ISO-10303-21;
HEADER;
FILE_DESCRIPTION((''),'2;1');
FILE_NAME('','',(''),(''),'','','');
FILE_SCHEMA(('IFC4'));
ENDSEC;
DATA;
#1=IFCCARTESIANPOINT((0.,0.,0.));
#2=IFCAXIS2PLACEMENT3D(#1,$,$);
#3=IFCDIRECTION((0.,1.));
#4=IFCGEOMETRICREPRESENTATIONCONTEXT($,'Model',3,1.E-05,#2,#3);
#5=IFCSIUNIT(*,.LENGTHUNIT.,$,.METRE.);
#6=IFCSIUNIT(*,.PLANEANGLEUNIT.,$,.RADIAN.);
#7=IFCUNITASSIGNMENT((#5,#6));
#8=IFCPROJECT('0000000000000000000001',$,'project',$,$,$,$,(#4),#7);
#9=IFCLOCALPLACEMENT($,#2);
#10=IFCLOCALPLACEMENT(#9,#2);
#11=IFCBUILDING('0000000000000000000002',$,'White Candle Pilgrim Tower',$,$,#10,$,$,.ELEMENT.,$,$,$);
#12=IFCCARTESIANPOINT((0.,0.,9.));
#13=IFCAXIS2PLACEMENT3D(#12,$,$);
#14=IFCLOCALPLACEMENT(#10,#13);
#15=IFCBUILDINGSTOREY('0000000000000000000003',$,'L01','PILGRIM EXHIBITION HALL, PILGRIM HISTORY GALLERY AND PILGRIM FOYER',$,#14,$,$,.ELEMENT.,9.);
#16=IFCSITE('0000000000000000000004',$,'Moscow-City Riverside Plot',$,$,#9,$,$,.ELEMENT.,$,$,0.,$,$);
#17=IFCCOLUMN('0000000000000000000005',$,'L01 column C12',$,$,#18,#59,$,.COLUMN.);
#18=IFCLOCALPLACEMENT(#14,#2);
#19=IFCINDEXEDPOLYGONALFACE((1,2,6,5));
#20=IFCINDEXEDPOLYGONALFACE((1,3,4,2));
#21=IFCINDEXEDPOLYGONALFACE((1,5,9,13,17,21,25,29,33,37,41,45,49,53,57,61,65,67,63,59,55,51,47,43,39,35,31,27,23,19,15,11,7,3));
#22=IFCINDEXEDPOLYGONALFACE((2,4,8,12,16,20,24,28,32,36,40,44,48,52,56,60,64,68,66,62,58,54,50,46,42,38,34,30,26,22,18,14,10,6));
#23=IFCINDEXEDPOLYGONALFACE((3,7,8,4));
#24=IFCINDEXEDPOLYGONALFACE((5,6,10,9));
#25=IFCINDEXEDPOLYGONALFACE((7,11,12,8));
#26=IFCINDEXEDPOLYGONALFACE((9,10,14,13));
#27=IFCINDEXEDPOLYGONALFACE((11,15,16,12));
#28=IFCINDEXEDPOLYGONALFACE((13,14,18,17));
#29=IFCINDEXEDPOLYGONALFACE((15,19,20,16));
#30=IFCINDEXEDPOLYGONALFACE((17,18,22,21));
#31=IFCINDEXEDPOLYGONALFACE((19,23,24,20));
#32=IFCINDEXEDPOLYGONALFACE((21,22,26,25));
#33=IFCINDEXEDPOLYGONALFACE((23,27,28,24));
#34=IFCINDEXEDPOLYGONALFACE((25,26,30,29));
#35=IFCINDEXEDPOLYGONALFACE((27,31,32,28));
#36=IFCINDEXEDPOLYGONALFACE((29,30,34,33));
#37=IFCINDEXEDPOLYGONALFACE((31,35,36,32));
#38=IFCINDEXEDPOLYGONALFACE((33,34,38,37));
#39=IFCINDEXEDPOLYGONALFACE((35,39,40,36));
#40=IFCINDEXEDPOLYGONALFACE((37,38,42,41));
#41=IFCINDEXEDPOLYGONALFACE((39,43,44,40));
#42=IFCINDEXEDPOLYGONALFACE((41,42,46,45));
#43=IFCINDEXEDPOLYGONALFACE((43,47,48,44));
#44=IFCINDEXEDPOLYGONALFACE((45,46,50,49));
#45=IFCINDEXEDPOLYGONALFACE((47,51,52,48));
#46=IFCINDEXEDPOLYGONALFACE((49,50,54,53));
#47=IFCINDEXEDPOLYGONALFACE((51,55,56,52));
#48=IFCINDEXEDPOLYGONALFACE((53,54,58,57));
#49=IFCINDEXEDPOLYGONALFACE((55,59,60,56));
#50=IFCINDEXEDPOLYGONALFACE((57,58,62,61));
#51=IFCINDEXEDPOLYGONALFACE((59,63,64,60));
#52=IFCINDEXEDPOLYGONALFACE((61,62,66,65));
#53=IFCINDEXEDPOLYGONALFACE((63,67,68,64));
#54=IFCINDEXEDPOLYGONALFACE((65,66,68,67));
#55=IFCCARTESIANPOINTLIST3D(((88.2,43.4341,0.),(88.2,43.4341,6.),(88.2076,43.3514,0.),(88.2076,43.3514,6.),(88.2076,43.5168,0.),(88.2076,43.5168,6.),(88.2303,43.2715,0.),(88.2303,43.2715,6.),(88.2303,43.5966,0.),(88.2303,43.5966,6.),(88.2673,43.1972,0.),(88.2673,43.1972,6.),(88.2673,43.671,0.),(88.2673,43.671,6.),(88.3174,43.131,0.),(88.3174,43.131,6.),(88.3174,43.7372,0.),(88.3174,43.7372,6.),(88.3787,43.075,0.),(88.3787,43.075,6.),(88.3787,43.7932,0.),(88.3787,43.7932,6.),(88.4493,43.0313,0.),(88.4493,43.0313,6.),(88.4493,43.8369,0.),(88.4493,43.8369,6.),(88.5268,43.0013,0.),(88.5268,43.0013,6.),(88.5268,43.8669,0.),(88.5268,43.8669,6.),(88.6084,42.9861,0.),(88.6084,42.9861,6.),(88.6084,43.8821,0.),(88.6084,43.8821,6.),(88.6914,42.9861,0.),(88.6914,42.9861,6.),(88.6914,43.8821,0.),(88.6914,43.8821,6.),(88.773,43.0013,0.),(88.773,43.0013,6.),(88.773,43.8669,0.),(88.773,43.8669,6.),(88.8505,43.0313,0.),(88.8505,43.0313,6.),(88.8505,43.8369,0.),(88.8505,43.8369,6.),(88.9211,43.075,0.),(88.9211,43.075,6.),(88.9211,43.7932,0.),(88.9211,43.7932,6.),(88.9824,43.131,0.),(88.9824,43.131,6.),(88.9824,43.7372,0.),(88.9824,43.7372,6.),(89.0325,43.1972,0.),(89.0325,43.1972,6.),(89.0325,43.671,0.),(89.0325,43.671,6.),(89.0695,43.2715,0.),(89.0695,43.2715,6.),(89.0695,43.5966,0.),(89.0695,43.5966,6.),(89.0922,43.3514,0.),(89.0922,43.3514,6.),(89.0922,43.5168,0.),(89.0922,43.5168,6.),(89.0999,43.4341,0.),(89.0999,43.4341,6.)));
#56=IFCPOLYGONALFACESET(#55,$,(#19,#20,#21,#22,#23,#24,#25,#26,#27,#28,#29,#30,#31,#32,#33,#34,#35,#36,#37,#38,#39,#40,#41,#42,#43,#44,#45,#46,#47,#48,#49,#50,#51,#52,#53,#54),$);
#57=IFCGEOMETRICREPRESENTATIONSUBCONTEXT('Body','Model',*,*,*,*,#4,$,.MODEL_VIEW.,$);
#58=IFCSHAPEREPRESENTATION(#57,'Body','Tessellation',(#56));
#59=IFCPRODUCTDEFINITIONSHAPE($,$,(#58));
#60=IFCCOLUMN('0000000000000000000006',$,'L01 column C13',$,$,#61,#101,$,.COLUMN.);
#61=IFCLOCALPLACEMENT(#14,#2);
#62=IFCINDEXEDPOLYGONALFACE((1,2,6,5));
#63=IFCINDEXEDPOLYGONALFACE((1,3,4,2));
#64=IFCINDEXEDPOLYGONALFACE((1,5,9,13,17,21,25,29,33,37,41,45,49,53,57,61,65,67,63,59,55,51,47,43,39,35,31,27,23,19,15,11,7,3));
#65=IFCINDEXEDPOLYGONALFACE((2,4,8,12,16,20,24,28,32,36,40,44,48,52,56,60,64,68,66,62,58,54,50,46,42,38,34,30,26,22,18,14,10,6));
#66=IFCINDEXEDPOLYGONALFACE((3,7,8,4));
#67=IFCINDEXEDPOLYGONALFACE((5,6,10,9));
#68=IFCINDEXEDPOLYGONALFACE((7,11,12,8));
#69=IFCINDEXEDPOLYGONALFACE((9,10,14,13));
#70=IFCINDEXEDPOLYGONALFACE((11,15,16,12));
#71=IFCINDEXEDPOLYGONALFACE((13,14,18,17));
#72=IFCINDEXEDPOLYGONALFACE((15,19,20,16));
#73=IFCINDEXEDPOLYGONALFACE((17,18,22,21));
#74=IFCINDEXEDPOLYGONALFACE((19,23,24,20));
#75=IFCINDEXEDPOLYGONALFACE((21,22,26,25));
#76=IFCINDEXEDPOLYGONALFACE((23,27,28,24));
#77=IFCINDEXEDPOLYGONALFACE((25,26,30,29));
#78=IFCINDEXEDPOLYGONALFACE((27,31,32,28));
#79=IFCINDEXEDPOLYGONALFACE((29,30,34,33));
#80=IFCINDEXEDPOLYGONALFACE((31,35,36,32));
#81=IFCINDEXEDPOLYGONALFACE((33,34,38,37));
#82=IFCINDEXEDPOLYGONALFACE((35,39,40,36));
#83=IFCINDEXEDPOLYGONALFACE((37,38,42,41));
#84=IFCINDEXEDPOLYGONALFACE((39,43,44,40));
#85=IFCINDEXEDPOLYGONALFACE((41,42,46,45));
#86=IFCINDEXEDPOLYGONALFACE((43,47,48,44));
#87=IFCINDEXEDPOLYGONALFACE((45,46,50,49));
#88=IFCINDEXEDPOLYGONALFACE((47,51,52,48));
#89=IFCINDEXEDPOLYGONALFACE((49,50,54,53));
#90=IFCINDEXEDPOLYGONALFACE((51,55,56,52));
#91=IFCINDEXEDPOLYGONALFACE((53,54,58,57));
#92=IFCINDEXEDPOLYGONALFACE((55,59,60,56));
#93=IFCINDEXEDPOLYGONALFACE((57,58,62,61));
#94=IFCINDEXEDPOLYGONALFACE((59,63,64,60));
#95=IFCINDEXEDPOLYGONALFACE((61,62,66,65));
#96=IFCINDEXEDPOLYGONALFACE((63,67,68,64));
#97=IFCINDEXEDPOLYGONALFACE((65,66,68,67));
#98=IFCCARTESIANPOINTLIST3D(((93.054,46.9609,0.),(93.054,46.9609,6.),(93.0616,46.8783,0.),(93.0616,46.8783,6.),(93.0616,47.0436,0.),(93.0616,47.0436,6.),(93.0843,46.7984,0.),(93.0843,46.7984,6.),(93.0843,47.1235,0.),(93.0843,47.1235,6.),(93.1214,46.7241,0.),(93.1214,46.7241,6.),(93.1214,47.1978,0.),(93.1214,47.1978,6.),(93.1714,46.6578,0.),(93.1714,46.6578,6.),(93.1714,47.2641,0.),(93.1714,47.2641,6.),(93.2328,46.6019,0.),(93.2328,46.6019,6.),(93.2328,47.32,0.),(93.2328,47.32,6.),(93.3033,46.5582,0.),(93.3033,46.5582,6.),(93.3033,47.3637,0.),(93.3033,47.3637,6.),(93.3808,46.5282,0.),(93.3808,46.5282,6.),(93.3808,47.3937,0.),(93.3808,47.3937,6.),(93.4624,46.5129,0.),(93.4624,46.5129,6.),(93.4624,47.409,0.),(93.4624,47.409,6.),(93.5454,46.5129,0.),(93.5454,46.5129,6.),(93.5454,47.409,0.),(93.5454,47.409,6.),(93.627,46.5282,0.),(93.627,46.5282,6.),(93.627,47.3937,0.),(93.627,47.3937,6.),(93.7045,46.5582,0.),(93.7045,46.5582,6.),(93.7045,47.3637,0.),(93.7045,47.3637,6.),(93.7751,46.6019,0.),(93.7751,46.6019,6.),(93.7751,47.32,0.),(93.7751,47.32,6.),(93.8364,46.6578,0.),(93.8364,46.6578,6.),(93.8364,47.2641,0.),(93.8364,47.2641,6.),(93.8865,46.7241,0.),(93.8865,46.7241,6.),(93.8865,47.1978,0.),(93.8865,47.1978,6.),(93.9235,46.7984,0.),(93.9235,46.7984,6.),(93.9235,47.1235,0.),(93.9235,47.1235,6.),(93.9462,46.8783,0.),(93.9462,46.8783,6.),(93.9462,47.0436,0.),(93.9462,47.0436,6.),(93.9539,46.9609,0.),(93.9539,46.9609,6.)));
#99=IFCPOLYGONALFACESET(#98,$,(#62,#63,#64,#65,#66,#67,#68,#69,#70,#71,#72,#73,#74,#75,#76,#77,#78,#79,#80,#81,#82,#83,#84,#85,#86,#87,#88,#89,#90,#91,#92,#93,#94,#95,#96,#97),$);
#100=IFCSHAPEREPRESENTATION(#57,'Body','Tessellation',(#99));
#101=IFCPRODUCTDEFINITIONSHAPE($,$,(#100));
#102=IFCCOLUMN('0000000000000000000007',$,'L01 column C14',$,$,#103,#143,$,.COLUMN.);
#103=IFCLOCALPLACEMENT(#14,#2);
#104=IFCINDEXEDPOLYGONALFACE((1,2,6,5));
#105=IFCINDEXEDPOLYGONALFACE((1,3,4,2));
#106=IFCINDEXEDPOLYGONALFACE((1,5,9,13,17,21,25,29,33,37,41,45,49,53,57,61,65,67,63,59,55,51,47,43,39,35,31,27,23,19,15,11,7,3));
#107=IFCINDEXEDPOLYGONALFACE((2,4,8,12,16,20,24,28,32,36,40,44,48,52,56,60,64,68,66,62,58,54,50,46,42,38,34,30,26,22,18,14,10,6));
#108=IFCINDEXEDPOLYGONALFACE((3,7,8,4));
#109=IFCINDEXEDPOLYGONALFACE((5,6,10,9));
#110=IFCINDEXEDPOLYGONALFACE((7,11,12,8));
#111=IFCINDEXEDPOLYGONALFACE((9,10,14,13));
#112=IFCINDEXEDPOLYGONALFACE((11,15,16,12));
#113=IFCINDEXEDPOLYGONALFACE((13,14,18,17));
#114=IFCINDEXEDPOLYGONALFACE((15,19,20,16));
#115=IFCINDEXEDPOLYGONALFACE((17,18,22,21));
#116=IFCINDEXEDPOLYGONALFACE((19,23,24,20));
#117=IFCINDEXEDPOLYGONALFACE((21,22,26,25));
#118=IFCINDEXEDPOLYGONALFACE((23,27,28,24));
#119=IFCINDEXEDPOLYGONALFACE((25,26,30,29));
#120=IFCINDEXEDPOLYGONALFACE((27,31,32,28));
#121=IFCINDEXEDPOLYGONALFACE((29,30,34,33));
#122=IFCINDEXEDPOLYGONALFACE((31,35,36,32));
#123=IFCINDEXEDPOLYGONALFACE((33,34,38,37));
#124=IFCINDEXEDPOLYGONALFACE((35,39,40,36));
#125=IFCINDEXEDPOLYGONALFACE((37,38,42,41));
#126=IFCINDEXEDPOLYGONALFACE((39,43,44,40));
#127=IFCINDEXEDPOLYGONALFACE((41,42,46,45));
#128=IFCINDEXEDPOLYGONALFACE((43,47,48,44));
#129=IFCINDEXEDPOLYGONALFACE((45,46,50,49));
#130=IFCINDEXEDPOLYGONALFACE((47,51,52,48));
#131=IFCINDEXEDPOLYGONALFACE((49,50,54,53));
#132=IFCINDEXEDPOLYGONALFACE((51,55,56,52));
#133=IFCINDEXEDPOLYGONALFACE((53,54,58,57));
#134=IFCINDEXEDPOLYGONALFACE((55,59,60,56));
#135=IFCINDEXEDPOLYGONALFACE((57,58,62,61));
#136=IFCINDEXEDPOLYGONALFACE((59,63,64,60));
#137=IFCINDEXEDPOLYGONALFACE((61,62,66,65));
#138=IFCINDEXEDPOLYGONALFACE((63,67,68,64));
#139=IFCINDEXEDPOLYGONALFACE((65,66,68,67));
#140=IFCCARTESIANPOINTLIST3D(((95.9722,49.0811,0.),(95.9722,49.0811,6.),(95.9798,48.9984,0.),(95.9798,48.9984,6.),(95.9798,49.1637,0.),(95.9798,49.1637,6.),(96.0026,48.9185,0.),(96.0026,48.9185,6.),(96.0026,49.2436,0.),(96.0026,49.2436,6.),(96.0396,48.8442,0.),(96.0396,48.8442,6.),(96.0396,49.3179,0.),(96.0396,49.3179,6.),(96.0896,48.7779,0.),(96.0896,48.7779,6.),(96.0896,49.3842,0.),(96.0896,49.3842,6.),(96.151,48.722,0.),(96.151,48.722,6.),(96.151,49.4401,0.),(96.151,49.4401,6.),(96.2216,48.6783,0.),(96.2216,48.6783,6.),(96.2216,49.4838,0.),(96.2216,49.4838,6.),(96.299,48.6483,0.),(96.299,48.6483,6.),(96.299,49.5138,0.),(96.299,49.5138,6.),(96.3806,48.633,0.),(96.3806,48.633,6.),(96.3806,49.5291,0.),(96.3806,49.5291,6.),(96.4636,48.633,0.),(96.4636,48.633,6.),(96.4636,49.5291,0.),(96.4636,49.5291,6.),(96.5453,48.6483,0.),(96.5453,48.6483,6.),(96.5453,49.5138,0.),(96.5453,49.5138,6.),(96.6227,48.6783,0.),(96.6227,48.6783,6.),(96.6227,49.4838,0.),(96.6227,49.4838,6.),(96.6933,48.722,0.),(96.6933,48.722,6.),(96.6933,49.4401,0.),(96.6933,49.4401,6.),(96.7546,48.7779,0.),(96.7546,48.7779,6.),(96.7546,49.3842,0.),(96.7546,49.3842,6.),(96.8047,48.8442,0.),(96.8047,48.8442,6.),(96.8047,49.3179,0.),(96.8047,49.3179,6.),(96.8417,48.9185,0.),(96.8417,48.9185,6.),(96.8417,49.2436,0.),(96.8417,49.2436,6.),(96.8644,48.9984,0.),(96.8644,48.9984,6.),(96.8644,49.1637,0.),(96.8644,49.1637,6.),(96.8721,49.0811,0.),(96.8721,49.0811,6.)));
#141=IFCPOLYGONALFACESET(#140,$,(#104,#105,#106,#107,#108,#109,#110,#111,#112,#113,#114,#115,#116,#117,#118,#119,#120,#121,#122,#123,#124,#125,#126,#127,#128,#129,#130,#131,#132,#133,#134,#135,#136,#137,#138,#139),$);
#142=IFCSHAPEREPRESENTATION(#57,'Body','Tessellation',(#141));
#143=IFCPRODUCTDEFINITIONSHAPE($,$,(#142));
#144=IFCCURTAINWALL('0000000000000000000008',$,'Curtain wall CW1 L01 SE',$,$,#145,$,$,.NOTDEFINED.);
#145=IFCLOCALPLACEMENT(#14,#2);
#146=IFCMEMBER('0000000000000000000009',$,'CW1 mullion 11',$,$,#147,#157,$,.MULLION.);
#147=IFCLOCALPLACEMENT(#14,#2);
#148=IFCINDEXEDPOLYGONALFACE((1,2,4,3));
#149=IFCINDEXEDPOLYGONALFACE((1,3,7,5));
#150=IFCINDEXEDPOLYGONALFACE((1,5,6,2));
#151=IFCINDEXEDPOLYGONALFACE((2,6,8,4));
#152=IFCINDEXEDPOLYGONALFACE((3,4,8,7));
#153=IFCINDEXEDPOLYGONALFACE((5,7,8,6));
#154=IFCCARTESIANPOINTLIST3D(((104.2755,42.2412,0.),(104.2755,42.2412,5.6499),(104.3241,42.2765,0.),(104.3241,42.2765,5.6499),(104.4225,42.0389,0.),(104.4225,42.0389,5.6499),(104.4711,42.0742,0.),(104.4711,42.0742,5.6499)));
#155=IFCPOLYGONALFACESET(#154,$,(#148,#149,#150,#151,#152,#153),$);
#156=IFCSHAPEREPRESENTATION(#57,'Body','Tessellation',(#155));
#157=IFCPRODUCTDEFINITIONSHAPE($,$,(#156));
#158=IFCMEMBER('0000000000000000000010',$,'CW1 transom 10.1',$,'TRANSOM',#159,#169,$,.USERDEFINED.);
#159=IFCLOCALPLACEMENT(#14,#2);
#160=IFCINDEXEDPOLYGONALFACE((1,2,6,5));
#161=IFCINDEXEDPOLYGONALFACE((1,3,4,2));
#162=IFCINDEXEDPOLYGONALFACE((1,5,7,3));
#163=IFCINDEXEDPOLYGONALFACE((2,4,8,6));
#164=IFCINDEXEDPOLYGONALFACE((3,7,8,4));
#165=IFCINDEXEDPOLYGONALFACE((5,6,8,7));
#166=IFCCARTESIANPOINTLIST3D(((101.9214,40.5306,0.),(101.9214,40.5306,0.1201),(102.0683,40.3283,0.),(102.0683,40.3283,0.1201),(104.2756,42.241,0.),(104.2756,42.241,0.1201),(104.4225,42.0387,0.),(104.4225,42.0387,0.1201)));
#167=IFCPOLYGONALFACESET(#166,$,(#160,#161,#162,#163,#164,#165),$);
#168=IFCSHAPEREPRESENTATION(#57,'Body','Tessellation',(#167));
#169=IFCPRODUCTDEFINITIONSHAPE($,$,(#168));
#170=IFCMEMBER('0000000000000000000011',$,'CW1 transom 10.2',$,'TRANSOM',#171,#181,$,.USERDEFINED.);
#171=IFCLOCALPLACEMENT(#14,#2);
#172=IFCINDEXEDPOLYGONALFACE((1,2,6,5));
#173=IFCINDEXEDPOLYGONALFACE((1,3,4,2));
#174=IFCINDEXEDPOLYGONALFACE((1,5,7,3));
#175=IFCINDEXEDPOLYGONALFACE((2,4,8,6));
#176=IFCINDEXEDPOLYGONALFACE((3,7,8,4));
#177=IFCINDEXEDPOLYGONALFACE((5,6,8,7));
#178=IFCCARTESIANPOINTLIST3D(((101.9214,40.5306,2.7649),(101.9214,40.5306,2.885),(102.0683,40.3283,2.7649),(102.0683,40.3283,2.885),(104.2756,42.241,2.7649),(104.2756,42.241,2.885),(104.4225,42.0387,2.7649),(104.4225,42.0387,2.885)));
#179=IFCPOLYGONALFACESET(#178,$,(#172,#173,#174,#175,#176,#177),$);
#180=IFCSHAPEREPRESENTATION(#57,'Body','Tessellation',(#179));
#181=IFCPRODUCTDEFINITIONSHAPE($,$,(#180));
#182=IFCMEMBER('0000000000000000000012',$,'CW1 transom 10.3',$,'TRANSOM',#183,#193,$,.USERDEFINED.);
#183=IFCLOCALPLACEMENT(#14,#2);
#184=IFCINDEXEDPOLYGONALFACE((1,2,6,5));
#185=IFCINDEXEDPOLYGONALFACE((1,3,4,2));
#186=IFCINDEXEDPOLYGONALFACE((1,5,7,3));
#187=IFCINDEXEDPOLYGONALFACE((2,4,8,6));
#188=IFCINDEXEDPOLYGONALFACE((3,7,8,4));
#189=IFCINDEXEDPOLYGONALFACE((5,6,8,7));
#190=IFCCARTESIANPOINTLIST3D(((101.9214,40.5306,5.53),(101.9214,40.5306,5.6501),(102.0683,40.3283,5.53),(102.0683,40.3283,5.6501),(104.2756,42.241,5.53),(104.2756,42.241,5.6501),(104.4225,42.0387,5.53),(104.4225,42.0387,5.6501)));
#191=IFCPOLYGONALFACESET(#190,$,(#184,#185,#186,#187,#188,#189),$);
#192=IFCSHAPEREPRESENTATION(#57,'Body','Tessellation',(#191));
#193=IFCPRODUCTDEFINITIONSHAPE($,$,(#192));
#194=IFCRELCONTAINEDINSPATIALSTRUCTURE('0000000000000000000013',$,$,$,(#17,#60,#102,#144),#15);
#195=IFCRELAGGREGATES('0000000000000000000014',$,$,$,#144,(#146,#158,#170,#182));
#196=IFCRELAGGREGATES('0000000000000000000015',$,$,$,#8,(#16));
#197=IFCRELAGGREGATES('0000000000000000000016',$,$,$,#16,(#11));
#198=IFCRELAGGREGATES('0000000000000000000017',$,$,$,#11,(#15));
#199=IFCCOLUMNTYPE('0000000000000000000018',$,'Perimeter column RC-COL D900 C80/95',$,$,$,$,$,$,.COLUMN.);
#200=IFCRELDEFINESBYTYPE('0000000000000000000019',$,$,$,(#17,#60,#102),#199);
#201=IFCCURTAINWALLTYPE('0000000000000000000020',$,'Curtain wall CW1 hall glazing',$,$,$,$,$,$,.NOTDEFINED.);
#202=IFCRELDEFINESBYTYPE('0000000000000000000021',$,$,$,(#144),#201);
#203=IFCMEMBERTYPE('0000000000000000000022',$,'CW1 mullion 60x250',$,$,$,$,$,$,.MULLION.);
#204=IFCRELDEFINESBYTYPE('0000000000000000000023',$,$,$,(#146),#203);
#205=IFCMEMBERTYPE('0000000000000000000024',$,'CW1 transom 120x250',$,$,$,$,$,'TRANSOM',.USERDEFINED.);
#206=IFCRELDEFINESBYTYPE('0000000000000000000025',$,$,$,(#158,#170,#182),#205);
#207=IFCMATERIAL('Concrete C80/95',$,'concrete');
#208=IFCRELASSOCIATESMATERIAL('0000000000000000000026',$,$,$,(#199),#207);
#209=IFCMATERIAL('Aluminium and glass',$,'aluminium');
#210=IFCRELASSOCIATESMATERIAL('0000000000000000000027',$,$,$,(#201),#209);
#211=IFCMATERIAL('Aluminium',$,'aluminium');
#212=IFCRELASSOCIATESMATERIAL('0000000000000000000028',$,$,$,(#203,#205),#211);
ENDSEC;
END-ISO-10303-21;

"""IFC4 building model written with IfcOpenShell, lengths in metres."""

from ifc_helpers import new_model, si_unit, direction, frame, origin, origin_2d, place, context, subcontext, project, spatial, rectangle, circle, extrude, material, material_profile, profile_set, type_object, element, aggregate, save


model = new_model("IFC4")

# Units and contexts
model_context = context("Model", 3, precision=1e-05, world=origin(), true_north=direction((0.0, 1.0)))
body_context = subcontext(model_context, "Body", "Model", "MODEL_VIEW")
ifc_project = project(units=[si_unit("LENGTHUNIT", "METRE"), si_unit("PLANEANGLEUNIT", "RADIAN")], contexts=[model_context])

# Site, building, storey
site_placement = place(None, origin())
site = spatial("IfcSite", under=ifc_project, at=site_placement, Name="Moscow-City Riverside Plot", CompositionType="ELEMENT", RefElevation=0.0)
building_placement = place(site_placement, origin())
building = spatial("IfcBuilding", under=site, at=building_placement, Name="White Candle Pilgrim Tower", CompositionType="ELEMENT")
storey_placement = place(building_placement, frame((0.0, 0.0, 9.0)))
storey = spatial("IfcBuildingStorey", under=building, at=storey_placement, Name="L01", Description="PILGRIM EXHIBITION HALL, PILGRIM HISTORY GALLERY AND PILGRIM FOYER", CompositionType="ELEMENT", Elevation=9.0)

# Columns
ifc_material_1 = material(Name="Concrete C80/95", Category="concrete")
ifc_material_profile_1 = material_profile(ifc_material_1, circle(Radius=0.45, at=origin_2d()), Name="RC-COL D900")
ifc_profile_set_1 = profile_set([ifc_material_profile_1], Name="Concrete C80/95")
column_type = type_object("IfcColumnType", Name="Perimeter column RC-COL D900 C80/95", PredefinedType="COLUMN", material=ifc_profile_set_1)
for number, where, z_axis, x_axis, name in (
    (1, (88.6499, 43.4341, 0.0), (0.0, 0.0, 1.0), (1.0, 0.0, 0.0), "L01 column C12"),
    (2, (93.5039, 46.9609, 0.0), (0.0, 0.0, 1.0), (1.0, 0.0, 0.0), "L01 column C13"),
    (3, (96.4221, 49.0811, 0.0), (0.0, 0.0, 1.0), (1.0, 0.0, 0.0), "L01 column C14"),
):
    element("IfcColumn", number, at=place(storey_placement, frame(where, z_axis=z_axis, x_axis=x_axis)), inside=storey, type_object=column_type, Name=name, PredefinedType="COLUMN", context=body_context, shape_type="SweptSolid", body=[
        extrude(circle(Radius=0.45, at=origin_2d()), origin(), (0.0, 0.0, 1.0), 6.0),
    ])

# Curtain wall, members
ifc_material_2 = material(Name="Aluminium and glass", Category="aluminium")
curtain_wall_type = type_object("IfcCurtainWallType", Name="Curtain wall CW1 hall glazing", PredefinedType="NOTDEFINED", material=ifc_material_2)
curtain_wall_placement = place(storey_placement, origin())
curtain_wall = element("IfcCurtainWall", 4, at=curtain_wall_placement, inside=storey, type_object=curtain_wall_type, Name="Curtain wall CW1 L01 SE", PredefinedType="NOTDEFINED")
ifc_material_3 = material(Name="Aluminium", Category="aluminium")
ifc_material_profile_2 = material_profile(ifc_material_3, rectangle(XDim=0.25, YDim=0.0601, at=origin_2d()), Name="CW1 mullion 60x250")
ifc_profile_set_2 = profile_set([ifc_material_profile_2], Name="Aluminium")
member_type_1 = type_object("IfcMemberType", Name="CW1 mullion 60x250", PredefinedType="MULLION", material=ifc_profile_set_2)
member_1_placement = place(storey_placement, frame((104.3733, 42.1577, 0.0), z_axis=(0.0, 0.0, 1.0), x_axis=(-0.587785, 0.809017, 0.0)))
member_1 = element("IfcMember", 5, at=member_1_placement, type_object=member_type_1, Name="CW1 mullion 11", PredefinedType="MULLION", context=body_context, shape_type="SweptSolid", body=[
    extrude(rectangle(XDim=0.25, YDim=0.0601, at=origin_2d()), origin(), (0.0, 0.0, 1.0), 5.6499),
])
ifc_material_profile_3 = material_profile(ifc_material_3, rectangle(XDim=0.25, YDim=0.1201, at=origin_2d()), Name="CW1 transom 120x250")
ifc_profile_set_3 = profile_set([ifc_material_profile_3], Name="Aluminium")
member_type_2 = type_object("IfcMemberType", Name="CW1 transom 120x250", ElementType="TRANSOM", PredefinedType="USERDEFINED", material=ifc_profile_set_3)
member_2_placement = place(storey_placement, frame((101.9949, 40.4294, 0.0601), z_axis=(0.809019, 0.587783, 0.0), x_axis=(-0.587783, 0.809019, 0.0)))
member_2 = element("IfcMember", 6, at=member_2_placement, type_object=member_type_2, Name="CW1 transom 10.1", ObjectType="TRANSOM", PredefinedType="USERDEFINED", context=body_context, shape_type="SweptSolid", body=[
    extrude(rectangle(XDim=0.25, YDim=0.1201, at=origin_2d()), origin(), (0.0, 0.0, 1.0), 2.9099),
])
member_3_placement = place(storey_placement, frame((101.9949, 40.4294, 2.825), z_axis=(0.809019, 0.587783, 0.0), x_axis=(-0.587783, 0.809019, 0.0)))
member_3 = element("IfcMember", 7, at=member_3_placement, type_object=member_type_2, Name="CW1 transom 10.2", ObjectType="TRANSOM", PredefinedType="USERDEFINED", context=body_context, shape_type="SweptSolid", body=[
    extrude(rectangle(XDim=0.25, YDim=0.1201, at=origin_2d()), origin(), (0.0, 0.0, 1.0), 2.9099),
])
member_4_placement = place(storey_placement, frame((101.9949, 40.4294, 5.5901), z_axis=(0.809019, 0.587783, 0.0), x_axis=(-0.587783, 0.809019, 0.0)))
member_4 = element("IfcMember", 8, at=member_4_placement, type_object=member_type_2, Name="CW1 transom 10.3", ObjectType="TRANSOM", PredefinedType="USERDEFINED", context=body_context, shape_type="SweptSolid", body=[
    extrude(rectangle(XDim=0.25, YDim=0.1201, at=origin_2d()), origin(), (0.0, 0.0, 1.0), 2.9099),
])

aggregate(curtain_wall, [member_1, member_2, member_3, member_4])

save(model, "model.ifc")
